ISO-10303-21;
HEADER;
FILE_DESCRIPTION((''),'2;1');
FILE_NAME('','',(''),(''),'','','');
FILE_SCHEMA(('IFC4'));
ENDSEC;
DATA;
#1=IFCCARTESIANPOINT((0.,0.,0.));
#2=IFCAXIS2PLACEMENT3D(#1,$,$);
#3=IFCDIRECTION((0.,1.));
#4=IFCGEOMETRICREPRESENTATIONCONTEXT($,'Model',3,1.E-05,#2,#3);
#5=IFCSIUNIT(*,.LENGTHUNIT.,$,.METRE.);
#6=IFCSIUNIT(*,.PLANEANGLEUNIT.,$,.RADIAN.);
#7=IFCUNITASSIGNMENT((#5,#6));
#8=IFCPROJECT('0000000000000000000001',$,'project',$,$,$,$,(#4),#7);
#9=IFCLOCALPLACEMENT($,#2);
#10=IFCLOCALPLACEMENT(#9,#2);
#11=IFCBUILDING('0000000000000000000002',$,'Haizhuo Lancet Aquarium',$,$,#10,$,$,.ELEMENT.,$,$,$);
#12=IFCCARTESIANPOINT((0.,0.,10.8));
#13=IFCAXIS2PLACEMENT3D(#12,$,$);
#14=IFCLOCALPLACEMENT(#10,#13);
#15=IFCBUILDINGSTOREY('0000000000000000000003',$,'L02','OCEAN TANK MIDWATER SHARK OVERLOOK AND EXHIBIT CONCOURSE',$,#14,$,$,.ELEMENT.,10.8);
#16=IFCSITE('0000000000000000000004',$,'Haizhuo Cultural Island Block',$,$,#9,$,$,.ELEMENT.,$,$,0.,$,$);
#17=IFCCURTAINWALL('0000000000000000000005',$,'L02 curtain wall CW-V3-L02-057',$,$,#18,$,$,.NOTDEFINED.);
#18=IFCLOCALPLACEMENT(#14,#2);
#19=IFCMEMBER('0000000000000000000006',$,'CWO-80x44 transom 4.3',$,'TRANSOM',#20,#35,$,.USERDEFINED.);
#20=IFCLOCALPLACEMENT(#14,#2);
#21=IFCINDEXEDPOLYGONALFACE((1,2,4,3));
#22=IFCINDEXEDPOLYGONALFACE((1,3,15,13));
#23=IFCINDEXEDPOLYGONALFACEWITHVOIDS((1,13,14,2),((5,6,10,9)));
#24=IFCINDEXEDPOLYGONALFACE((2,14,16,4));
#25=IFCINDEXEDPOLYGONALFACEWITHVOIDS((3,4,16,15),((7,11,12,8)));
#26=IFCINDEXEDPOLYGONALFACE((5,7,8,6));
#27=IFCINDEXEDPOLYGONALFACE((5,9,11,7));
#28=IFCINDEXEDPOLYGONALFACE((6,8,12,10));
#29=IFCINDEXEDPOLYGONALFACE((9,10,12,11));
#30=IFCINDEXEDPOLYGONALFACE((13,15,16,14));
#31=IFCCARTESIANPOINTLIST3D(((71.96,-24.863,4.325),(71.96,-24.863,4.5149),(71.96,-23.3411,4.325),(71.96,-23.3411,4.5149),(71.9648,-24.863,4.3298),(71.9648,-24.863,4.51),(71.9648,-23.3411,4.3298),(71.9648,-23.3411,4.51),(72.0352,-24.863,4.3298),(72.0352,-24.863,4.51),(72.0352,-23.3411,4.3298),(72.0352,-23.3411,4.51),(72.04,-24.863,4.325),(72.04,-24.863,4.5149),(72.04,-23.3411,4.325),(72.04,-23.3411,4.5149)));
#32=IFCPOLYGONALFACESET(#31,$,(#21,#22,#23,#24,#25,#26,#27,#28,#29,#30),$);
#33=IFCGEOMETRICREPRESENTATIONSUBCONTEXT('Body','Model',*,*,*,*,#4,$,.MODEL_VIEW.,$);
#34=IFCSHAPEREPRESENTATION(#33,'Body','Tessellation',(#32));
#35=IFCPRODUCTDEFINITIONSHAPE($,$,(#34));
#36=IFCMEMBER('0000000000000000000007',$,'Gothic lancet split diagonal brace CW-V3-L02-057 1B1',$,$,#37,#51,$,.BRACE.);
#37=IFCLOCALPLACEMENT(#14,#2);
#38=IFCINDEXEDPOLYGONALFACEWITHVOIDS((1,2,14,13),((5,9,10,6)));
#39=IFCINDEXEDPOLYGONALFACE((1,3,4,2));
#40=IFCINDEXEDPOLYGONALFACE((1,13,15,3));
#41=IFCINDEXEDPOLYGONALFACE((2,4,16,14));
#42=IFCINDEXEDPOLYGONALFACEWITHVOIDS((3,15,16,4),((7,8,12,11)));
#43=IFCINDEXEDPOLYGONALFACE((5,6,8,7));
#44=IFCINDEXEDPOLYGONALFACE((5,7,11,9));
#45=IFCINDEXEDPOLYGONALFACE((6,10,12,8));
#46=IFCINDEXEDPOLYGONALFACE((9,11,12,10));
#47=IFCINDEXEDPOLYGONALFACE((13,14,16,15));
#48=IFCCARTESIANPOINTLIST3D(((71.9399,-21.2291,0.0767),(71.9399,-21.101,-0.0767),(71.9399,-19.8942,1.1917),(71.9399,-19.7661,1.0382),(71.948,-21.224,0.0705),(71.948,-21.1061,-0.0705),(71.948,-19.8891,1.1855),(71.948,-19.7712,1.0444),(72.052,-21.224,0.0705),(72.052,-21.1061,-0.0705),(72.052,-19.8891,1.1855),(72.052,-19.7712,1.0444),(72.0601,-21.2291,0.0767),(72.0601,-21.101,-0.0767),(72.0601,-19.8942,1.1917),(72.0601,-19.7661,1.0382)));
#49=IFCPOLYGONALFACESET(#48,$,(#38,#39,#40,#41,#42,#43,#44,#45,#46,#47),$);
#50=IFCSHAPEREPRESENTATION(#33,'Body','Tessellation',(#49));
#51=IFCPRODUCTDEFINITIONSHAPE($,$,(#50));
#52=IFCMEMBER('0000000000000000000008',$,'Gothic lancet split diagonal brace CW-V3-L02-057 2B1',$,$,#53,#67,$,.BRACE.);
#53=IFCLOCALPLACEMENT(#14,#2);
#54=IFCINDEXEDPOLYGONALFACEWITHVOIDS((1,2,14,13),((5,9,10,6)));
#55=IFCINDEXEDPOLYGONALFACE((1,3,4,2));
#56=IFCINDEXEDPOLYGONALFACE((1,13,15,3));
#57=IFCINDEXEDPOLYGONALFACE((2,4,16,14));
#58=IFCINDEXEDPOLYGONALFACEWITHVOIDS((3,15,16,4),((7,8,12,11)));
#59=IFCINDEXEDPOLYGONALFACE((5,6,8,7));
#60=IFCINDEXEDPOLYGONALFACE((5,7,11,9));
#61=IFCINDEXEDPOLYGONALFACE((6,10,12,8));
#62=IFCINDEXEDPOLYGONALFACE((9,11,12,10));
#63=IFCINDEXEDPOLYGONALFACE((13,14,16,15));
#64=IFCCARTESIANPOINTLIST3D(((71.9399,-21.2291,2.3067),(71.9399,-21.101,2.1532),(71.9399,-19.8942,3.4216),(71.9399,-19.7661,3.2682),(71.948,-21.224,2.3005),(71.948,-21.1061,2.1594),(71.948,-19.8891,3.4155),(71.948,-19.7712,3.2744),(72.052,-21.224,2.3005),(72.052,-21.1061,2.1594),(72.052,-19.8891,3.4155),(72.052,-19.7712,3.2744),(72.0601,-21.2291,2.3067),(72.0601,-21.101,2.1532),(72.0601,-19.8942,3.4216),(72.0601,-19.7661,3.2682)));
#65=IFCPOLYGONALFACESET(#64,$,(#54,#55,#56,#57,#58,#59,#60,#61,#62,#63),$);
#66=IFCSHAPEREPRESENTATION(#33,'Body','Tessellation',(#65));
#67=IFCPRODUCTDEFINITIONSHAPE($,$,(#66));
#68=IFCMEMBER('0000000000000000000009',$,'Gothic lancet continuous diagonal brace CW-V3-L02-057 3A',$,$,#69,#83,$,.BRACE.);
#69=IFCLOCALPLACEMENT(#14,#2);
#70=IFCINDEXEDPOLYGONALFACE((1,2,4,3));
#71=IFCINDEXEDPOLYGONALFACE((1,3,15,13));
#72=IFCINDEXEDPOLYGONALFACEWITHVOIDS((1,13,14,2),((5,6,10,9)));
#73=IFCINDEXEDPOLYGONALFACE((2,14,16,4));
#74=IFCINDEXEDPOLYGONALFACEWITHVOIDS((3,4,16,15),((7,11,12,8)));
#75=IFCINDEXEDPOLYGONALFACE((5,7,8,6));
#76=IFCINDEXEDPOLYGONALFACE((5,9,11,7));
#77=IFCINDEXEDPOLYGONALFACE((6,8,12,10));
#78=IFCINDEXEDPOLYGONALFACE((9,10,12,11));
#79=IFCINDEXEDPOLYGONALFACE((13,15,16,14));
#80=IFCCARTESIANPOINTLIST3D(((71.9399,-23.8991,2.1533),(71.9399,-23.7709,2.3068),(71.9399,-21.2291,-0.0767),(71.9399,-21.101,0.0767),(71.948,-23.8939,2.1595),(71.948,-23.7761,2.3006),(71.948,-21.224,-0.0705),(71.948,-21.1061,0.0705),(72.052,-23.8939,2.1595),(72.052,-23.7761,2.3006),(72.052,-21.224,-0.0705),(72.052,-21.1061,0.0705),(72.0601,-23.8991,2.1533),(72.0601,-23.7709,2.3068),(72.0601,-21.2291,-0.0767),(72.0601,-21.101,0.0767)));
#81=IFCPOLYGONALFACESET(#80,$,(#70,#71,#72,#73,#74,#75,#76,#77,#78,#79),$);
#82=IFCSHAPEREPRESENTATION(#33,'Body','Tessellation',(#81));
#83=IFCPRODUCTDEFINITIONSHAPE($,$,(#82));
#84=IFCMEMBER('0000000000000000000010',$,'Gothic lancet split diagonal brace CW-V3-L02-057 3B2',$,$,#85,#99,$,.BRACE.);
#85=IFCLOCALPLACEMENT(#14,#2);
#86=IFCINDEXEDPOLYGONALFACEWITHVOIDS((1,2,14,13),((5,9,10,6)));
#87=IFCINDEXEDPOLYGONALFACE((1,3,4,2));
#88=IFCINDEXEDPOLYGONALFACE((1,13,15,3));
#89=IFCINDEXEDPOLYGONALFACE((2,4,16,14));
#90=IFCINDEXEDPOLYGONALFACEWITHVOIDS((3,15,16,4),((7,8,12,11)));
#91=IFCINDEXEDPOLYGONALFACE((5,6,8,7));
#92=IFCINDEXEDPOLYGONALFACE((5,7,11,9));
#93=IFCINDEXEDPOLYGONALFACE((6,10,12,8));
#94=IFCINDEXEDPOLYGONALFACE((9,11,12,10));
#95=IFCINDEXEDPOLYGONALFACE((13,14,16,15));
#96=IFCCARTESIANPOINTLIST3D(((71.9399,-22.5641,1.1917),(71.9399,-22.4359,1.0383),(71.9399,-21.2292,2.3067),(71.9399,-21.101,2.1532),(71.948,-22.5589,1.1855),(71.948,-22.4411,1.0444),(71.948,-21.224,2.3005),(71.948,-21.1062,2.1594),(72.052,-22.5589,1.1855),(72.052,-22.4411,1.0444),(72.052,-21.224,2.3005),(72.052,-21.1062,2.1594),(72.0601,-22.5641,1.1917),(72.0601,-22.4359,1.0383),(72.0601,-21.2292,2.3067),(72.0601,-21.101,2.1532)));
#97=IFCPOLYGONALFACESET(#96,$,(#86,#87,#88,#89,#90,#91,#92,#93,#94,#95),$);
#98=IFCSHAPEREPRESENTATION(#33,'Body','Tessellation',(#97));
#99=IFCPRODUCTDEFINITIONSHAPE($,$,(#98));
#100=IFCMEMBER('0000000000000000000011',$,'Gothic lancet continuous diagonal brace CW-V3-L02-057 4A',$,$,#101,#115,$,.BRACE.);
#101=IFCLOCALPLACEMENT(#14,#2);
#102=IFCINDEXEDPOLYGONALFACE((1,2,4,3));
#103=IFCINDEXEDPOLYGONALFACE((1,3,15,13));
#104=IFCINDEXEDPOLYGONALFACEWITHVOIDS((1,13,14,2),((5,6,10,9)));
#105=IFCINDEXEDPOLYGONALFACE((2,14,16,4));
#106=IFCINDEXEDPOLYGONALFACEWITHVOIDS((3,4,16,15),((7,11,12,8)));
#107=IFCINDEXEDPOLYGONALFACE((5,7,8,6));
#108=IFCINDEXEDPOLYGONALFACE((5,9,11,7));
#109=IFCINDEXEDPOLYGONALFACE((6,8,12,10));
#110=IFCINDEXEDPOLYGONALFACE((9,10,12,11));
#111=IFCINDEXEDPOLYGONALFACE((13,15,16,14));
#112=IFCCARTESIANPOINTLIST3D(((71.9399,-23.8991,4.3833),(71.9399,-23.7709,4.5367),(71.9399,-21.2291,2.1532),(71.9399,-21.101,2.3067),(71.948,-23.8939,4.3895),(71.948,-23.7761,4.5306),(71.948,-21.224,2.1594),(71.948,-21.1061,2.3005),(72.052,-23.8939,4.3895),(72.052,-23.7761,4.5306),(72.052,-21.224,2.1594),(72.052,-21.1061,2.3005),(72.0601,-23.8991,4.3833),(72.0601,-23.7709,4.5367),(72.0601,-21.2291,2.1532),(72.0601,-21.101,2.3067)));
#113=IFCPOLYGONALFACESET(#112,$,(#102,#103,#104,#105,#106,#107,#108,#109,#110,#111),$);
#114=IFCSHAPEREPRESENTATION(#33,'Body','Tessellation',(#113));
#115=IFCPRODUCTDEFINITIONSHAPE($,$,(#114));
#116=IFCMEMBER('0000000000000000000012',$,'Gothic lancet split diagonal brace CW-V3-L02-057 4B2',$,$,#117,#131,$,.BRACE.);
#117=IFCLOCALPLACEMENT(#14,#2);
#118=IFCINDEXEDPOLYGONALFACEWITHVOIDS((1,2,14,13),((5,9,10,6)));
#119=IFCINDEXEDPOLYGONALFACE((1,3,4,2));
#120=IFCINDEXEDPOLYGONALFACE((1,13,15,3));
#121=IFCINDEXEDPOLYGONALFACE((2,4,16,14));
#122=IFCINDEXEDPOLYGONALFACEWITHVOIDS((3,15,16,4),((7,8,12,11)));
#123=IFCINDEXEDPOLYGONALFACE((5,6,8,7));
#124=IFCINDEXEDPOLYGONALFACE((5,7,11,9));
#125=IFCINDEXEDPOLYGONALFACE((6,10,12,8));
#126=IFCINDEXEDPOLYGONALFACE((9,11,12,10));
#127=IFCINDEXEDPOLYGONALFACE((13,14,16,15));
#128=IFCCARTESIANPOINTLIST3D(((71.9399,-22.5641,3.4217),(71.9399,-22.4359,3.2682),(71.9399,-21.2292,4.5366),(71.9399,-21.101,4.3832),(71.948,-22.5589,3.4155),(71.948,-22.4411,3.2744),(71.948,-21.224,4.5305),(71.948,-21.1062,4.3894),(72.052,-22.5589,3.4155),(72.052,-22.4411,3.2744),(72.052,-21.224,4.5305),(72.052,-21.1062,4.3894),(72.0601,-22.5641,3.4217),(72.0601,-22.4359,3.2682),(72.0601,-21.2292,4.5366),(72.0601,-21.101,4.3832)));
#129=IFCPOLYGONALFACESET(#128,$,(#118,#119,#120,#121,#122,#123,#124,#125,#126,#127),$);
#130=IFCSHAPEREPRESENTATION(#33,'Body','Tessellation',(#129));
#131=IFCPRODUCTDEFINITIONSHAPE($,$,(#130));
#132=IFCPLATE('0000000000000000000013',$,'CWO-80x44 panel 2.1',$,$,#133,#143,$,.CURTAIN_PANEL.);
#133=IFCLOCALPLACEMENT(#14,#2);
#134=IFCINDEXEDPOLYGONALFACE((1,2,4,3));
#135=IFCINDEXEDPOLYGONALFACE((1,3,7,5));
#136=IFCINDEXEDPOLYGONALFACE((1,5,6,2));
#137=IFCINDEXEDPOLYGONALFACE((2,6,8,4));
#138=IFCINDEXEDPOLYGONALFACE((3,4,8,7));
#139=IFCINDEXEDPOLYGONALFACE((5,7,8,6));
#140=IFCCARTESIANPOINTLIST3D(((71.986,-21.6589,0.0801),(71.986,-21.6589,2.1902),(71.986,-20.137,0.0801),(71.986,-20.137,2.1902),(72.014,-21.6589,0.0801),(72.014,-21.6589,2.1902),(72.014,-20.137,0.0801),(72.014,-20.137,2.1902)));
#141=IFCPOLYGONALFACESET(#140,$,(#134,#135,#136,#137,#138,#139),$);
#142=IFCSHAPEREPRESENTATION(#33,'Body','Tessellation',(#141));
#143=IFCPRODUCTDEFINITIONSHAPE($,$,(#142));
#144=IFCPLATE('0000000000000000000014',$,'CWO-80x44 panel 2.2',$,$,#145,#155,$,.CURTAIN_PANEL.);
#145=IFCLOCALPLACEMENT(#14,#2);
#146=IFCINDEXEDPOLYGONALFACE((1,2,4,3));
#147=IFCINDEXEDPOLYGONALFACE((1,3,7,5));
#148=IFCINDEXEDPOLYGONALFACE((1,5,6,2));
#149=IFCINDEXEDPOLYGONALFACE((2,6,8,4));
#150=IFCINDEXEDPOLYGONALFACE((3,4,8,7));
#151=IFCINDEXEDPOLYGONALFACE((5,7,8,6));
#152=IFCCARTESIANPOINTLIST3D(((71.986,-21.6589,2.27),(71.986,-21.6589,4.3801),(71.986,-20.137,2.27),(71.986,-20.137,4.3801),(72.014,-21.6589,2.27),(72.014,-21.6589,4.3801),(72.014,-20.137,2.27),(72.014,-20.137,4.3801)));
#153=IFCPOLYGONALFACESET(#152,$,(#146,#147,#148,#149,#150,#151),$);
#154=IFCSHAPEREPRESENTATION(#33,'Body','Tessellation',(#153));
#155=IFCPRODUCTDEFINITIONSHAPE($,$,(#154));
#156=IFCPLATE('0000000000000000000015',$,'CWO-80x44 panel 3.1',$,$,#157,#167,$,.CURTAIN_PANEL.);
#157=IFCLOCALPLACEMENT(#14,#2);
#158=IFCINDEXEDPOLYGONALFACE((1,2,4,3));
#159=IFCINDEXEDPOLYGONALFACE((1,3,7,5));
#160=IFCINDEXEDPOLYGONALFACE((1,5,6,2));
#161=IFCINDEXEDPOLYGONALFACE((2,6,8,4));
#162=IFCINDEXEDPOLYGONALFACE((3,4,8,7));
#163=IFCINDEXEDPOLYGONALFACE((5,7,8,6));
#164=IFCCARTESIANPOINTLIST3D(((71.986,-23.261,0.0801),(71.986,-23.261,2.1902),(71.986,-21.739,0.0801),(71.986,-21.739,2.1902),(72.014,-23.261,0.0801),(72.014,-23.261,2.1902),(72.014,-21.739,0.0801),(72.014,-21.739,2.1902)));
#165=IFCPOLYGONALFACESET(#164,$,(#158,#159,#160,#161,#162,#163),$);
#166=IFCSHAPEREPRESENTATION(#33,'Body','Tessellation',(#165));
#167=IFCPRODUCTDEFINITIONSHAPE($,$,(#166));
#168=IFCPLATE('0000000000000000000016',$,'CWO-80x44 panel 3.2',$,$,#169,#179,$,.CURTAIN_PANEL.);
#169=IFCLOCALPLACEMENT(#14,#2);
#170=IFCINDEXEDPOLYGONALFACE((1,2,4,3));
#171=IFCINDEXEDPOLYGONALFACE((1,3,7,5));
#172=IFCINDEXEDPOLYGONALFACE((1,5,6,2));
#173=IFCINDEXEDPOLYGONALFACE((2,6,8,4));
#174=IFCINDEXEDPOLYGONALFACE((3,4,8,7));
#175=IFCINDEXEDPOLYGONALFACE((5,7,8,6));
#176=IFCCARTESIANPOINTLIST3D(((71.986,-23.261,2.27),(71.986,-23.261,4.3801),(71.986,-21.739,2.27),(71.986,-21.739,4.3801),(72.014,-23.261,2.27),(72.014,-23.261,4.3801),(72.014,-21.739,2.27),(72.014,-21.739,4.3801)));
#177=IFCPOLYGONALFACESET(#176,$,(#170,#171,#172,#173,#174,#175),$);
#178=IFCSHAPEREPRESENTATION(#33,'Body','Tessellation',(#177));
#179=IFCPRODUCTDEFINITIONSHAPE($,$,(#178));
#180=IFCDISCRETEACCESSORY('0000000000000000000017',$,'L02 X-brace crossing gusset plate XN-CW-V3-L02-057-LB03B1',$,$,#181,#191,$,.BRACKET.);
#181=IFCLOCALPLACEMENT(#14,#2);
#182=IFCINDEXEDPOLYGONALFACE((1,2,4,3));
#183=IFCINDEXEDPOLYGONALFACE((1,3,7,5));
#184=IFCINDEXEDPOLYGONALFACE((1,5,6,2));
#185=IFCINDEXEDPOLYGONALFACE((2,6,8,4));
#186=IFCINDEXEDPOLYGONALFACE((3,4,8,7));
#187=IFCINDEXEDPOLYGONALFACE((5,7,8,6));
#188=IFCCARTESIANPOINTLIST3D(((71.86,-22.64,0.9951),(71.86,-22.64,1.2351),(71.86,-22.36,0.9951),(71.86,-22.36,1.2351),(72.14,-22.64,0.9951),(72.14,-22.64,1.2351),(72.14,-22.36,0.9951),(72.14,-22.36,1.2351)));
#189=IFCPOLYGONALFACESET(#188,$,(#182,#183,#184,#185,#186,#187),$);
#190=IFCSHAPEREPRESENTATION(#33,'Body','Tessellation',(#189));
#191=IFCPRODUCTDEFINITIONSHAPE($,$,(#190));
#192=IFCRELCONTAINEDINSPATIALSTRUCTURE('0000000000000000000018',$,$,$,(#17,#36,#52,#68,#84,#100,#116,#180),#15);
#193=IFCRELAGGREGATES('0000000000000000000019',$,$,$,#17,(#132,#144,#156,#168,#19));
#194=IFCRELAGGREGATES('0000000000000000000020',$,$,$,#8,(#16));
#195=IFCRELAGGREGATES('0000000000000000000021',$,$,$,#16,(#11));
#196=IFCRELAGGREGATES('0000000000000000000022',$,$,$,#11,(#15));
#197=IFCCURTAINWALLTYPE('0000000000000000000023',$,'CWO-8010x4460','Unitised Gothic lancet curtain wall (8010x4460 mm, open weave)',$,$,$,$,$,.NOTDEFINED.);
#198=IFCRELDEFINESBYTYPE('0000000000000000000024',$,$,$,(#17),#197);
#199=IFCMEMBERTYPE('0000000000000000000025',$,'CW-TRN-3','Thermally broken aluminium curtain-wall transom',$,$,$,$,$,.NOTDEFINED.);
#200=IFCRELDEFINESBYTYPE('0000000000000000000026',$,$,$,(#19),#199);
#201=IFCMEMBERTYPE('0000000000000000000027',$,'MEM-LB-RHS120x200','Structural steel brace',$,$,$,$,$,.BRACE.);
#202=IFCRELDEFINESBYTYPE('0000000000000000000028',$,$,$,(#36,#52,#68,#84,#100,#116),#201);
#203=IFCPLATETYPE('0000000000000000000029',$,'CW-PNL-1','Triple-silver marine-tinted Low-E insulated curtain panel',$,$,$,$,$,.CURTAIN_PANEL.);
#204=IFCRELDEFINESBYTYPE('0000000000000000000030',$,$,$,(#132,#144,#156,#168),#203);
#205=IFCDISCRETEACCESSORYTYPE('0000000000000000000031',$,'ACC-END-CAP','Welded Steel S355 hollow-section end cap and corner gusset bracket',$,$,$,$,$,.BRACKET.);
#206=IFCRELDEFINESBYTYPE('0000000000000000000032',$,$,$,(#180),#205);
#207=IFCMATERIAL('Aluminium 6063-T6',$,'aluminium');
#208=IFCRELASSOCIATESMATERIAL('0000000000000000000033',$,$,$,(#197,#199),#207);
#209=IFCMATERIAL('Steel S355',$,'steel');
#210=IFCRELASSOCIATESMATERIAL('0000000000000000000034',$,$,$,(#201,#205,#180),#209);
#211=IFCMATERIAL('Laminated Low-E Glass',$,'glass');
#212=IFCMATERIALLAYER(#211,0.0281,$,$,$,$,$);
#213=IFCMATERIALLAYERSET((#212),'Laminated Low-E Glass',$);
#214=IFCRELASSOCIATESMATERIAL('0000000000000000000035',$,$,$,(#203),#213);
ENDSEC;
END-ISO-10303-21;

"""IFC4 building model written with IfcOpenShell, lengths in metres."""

from ifc_helpers import new_model, si_unit, direction, frame, origin, origin_2d, place, context, subcontext, project, spatial, rectangle, hollow_rectangle, extrude, material, layer, layer_set, material_profile, profile_set, type_object, element, aggregate, save


model = new_model("IFC4")

# Units and contexts
model_context = context("Model", 3, precision=1e-05, world=origin(), true_north=direction((0.0, 1.0)))
body_context = subcontext(model_context, "Body", "Model", "MODEL_VIEW")
ifc_project = project(units=[si_unit("LENGTHUNIT", "METRE"), si_unit("PLANEANGLEUNIT", "RADIAN")], contexts=[model_context])

# Site, building, storey
site_placement = place(None, origin())
site = spatial("IfcSite", under=ifc_project, at=site_placement, Name="Haizhuo Cultural Island Block", CompositionType="ELEMENT", RefElevation=0.0)
building_placement = place(site_placement, origin())
building = spatial("IfcBuilding", under=site, at=building_placement, Name="Haizhuo Lancet Aquarium", CompositionType="ELEMENT")
storey_placement = place(building_placement, frame((0.0, 0.0, 10.8)))
storey = spatial("IfcBuildingStorey", under=building, at=storey_placement, Name="L02", Description="OCEAN TANK MIDWATER SHARK OVERLOOK AND EXHIBIT CONCOURSE", CompositionType="ELEMENT", Elevation=10.8)

# Curtain wall, member
ifc_material_1 = material(Name="Aluminium 6063-T6", Category="aluminium")
curtain_wall_type = type_object("IfcCurtainWallType", Name="CWO-8010x4460", Description="Unitised Gothic lancet curtain wall (8010x4460 mm, open weave)", PredefinedType="NOTDEFINED", material=ifc_material_1)
curtain_wall_placement = place(storey_placement, origin())
curtain_wall = element("IfcCurtainWall", 1, at=curtain_wall_placement, inside=storey, type_object=curtain_wall_type, Name="L02 curtain wall CW-V3-L02-057", PredefinedType="NOTDEFINED")
ifc_material_profile_1 = material_profile(ifc_material_1, hollow_rectangle(XDim=0.0801, YDim=0.1899, WallThickness=0.0049, at=origin_2d()), Name="ALU-T 80x190x5")
ifc_profile_set_1 = profile_set([ifc_material_profile_1], Name="Aluminium 6063-T6")
member_type_1 = type_object("IfcMemberType", Name="CW-TRN-3", Description="Thermally broken aluminium curtain-wall transom", PredefinedType="NOTDEFINED", material=ifc_profile_set_1)
member_1_placement = place(storey_placement, frame((72.0, -23.3411, 4.4199), z_axis=(0.0, -1.0, 0.0), x_axis=(1.0, 0.0, 0.0)))
member_1 = element("IfcMember", 2, at=member_1_placement, type_object=member_type_1, Name="CWO-80x44 transom 4.3", ObjectType="TRANSOM", PredefinedType="USERDEFINED", context=body_context, shape_type="SweptSolid", body=[
    extrude(hollow_rectangle(XDim=0.0801, YDim=0.1899, WallThickness=0.0049, at=origin_2d()), origin(), (0.0, 0.0, 1.0), 1.522),
])

# Members
ifc_material_2 = material(Name="Steel S355", Category="steel")
ifc_material_profile_2 = material_profile(ifc_material_2, hollow_rectangle(XDim=0.1201, YDim=0.2, WallThickness=0.0081, at=origin_2d()), Name="RHS 120x200x8")
ifc_profile_set_2 = profile_set([ifc_material_profile_2], Name="Steel S355")
member_type_2 = type_object("IfcMemberType", Name="MEM-LB-RHS120x200", Description="Structural steel brace", PredefinedType="BRACE", material=ifc_profile_set_2)
for number, where, z_axis, x_axis, name in (
    (3, (72.0, -21.165, 0.0), (0.0, 0.767507, 0.64104), (-1.0, 0.0, 0.0), "Gothic lancet split diagonal brace CW-V3-L02-057 1B1"),
    (4, (72.0, -21.165, 2.23), (0.0, 0.767507, 0.64104), (-1.0, 0.0, 0.0), "Gothic lancet split diagonal brace CW-V3-L02-057 2B1"),
):
    element("IfcMember", number, at=place(storey_placement, frame(where, z_axis=z_axis, x_axis=x_axis)), inside=storey, type_object=member_type_2, Name=name, PredefinedType="BRACE", context=body_context, shape_type="SweptSolid", body=[
        extrude(hollow_rectangle(XDim=0.1201, YDim=0.2, WallThickness=0.0081, at=origin_2d()), origin(), (0.0, 0.0, 1.0), 1.7393),
    ])
member_2_placement = place(storey_placement, frame((72.0, -21.165, 0.0), z_axis=(0.0, -0.767507, 0.64104), x_axis=(1.0, 0.0, 0.0)))
element("IfcMember", 5, at=member_2_placement, inside=storey, type_object=member_type_2, Name="Gothic lancet continuous diagonal brace CW-V3-L02-057 3A", PredefinedType="BRACE", context=body_context, shape_type="SweptSolid", body=[
    extrude(hollow_rectangle(XDim=0.1201, YDim=0.2, WallThickness=0.0081, at=origin_2d()), origin(), (0.0, 0.0, 1.0), 3.4788),
])
member_3_placement = place(storey_placement, frame((72.0, -22.5, 1.115), z_axis=(0.0, 0.767507, 0.64104), x_axis=(-1.0, 0.0, 0.0)))
element("IfcMember", 6, at=member_3_placement, inside=storey, type_object=member_type_2, Name="Gothic lancet split diagonal brace CW-V3-L02-057 3B2", PredefinedType="BRACE", context=body_context, shape_type="SweptSolid", body=[
    extrude(hollow_rectangle(XDim=0.1201, YDim=0.2, WallThickness=0.0081, at=origin_2d()), origin(), (0.0, 0.0, 1.0), 1.7393),
])
member_4_placement = place(storey_placement, frame((72.0, -21.165, 2.23), z_axis=(0.0, -0.767507, 0.64104), x_axis=(1.0, 0.0, 0.0)))
element("IfcMember", 7, at=member_4_placement, inside=storey, type_object=member_type_2, Name="Gothic lancet continuous diagonal brace CW-V3-L02-057 4A", PredefinedType="BRACE", context=body_context, shape_type="SweptSolid", body=[
    extrude(hollow_rectangle(XDim=0.1201, YDim=0.2, WallThickness=0.0081, at=origin_2d()), origin(), (0.0, 0.0, 1.0), 3.4788),
])
member_5_placement = place(storey_placement, frame((72.0, -22.5, 3.345), z_axis=(0.0, 0.767507, 0.64104), x_axis=(-1.0, 0.0, 0.0)))
element("IfcMember", 8, at=member_5_placement, inside=storey, type_object=member_type_2, Name="Gothic lancet split diagonal brace CW-V3-L02-057 4B2", PredefinedType="BRACE", context=body_context, shape_type="SweptSolid", body=[
    extrude(hollow_rectangle(XDim=0.1201, YDim=0.2, WallThickness=0.0081, at=origin_2d()), origin(), (0.0, 0.0, 1.0), 1.7393),
])

# Plates
ifc_material_3 = material(Name="Laminated Low-E Glass", Category="glass")
ifc_layer = layer(ifc_material_3, 0.0281)
ifc_layer_set = layer_set([ifc_layer], Name="Laminated Low-E Glass")
plate_type = type_object("IfcPlateType", Name="CW-PNL-1", Description="Triple-silver marine-tinted Low-E insulated curtain panel", PredefinedType="CURTAIN_PANEL", material=ifc_layer_set)
plate_1_placement = place(storey_placement, frame((72.0, -20.8979, 0.0801), z_axis=(0.0, 0.0, 1.0), x_axis=(0.0, -1.0, 0.0)))
plate_1 = element("IfcPlate", 9, at=plate_1_placement, type_object=plate_type, Name="CWO-80x44 panel 2.1", PredefinedType="CURTAIN_PANEL", context=body_context, shape_type="SweptSolid", body=[
    extrude(rectangle(XDim=1.522, YDim=0.0281, at=origin_2d()), origin(), (0.0, 0.0, 1.0), 2.1101),
])
plate_2_placement = place(storey_placement, frame((72.0, -20.8979, 2.27), z_axis=(0.0, 0.0, 1.0), x_axis=(0.0, -1.0, 0.0)))
plate_2 = element("IfcPlate", 10, at=plate_2_placement, type_object=plate_type, Name="CWO-80x44 panel 2.2", PredefinedType="CURTAIN_PANEL", context=body_context, shape_type="SweptSolid", body=[
    extrude(rectangle(XDim=1.522, YDim=0.0281, at=origin_2d()), origin(), (0.0, 0.0, 1.0), 2.1101),
])
plate_3_placement = place(storey_placement, frame((72.0, -22.5, 0.0801), z_axis=(0.0, 0.0, 1.0), x_axis=(0.0, -1.0, 0.0)))
plate_3 = element("IfcPlate", 11, at=plate_3_placement, type_object=plate_type, Name="CWO-80x44 panel 3.1", PredefinedType="CURTAIN_PANEL", context=body_context, shape_type="SweptSolid", body=[
    extrude(rectangle(XDim=1.522, YDim=0.0281, at=origin_2d()), origin(), (0.0, 0.0, 1.0), 2.1101),
])
plate_4_placement = place(storey_placement, frame((72.0, -22.5, 2.27), z_axis=(0.0, 0.0, 1.0), x_axis=(0.0, -1.0, 0.0)))
plate_4 = element("IfcPlate", 12, at=plate_4_placement, type_object=plate_type, Name="CWO-80x44 panel 3.2", PredefinedType="CURTAIN_PANEL", context=body_context, shape_type="SweptSolid", body=[
    extrude(rectangle(XDim=1.522, YDim=0.0281, at=origin_2d()), origin(), (0.0, 0.0, 1.0), 2.1101),
])
aggregate(curtain_wall, [plate_1, plate_2, plate_3, plate_4, member_1])

# Discrete accessory
discrete_accessory_type = type_object("IfcDiscreteAccessoryType", Name="ACC-END-CAP", Description="Welded Steel S355 hollow-section end cap and corner gusset bracket", PredefinedType="BRACKET", material=ifc_material_2)
for number, where, z_axis, x_axis, name in (
    (13, (72.0, -22.5, 0.9951), (0.0, 0.0, 1.0), (1.0, 0.0, 0.0), "L02 X-brace crossing gusset plate XN-CW-V3-L02-057-LB03B1"),
):
    element("IfcDiscreteAccessory", number, at=place(storey_placement, frame(where, z_axis=z_axis, x_axis=x_axis)), inside=storey, type_object=discrete_accessory_type, material=ifc_material_2, Name=name, PredefinedType="BRACKET", context=body_context, shape_type="SweptSolid", body=[
        extrude(rectangle(XDim=0.28, YDim=0.28, at=origin_2d()), origin(), (0.0, 0.0, 1.0), 0.24),
    ])

save(model, "model.ifc")
